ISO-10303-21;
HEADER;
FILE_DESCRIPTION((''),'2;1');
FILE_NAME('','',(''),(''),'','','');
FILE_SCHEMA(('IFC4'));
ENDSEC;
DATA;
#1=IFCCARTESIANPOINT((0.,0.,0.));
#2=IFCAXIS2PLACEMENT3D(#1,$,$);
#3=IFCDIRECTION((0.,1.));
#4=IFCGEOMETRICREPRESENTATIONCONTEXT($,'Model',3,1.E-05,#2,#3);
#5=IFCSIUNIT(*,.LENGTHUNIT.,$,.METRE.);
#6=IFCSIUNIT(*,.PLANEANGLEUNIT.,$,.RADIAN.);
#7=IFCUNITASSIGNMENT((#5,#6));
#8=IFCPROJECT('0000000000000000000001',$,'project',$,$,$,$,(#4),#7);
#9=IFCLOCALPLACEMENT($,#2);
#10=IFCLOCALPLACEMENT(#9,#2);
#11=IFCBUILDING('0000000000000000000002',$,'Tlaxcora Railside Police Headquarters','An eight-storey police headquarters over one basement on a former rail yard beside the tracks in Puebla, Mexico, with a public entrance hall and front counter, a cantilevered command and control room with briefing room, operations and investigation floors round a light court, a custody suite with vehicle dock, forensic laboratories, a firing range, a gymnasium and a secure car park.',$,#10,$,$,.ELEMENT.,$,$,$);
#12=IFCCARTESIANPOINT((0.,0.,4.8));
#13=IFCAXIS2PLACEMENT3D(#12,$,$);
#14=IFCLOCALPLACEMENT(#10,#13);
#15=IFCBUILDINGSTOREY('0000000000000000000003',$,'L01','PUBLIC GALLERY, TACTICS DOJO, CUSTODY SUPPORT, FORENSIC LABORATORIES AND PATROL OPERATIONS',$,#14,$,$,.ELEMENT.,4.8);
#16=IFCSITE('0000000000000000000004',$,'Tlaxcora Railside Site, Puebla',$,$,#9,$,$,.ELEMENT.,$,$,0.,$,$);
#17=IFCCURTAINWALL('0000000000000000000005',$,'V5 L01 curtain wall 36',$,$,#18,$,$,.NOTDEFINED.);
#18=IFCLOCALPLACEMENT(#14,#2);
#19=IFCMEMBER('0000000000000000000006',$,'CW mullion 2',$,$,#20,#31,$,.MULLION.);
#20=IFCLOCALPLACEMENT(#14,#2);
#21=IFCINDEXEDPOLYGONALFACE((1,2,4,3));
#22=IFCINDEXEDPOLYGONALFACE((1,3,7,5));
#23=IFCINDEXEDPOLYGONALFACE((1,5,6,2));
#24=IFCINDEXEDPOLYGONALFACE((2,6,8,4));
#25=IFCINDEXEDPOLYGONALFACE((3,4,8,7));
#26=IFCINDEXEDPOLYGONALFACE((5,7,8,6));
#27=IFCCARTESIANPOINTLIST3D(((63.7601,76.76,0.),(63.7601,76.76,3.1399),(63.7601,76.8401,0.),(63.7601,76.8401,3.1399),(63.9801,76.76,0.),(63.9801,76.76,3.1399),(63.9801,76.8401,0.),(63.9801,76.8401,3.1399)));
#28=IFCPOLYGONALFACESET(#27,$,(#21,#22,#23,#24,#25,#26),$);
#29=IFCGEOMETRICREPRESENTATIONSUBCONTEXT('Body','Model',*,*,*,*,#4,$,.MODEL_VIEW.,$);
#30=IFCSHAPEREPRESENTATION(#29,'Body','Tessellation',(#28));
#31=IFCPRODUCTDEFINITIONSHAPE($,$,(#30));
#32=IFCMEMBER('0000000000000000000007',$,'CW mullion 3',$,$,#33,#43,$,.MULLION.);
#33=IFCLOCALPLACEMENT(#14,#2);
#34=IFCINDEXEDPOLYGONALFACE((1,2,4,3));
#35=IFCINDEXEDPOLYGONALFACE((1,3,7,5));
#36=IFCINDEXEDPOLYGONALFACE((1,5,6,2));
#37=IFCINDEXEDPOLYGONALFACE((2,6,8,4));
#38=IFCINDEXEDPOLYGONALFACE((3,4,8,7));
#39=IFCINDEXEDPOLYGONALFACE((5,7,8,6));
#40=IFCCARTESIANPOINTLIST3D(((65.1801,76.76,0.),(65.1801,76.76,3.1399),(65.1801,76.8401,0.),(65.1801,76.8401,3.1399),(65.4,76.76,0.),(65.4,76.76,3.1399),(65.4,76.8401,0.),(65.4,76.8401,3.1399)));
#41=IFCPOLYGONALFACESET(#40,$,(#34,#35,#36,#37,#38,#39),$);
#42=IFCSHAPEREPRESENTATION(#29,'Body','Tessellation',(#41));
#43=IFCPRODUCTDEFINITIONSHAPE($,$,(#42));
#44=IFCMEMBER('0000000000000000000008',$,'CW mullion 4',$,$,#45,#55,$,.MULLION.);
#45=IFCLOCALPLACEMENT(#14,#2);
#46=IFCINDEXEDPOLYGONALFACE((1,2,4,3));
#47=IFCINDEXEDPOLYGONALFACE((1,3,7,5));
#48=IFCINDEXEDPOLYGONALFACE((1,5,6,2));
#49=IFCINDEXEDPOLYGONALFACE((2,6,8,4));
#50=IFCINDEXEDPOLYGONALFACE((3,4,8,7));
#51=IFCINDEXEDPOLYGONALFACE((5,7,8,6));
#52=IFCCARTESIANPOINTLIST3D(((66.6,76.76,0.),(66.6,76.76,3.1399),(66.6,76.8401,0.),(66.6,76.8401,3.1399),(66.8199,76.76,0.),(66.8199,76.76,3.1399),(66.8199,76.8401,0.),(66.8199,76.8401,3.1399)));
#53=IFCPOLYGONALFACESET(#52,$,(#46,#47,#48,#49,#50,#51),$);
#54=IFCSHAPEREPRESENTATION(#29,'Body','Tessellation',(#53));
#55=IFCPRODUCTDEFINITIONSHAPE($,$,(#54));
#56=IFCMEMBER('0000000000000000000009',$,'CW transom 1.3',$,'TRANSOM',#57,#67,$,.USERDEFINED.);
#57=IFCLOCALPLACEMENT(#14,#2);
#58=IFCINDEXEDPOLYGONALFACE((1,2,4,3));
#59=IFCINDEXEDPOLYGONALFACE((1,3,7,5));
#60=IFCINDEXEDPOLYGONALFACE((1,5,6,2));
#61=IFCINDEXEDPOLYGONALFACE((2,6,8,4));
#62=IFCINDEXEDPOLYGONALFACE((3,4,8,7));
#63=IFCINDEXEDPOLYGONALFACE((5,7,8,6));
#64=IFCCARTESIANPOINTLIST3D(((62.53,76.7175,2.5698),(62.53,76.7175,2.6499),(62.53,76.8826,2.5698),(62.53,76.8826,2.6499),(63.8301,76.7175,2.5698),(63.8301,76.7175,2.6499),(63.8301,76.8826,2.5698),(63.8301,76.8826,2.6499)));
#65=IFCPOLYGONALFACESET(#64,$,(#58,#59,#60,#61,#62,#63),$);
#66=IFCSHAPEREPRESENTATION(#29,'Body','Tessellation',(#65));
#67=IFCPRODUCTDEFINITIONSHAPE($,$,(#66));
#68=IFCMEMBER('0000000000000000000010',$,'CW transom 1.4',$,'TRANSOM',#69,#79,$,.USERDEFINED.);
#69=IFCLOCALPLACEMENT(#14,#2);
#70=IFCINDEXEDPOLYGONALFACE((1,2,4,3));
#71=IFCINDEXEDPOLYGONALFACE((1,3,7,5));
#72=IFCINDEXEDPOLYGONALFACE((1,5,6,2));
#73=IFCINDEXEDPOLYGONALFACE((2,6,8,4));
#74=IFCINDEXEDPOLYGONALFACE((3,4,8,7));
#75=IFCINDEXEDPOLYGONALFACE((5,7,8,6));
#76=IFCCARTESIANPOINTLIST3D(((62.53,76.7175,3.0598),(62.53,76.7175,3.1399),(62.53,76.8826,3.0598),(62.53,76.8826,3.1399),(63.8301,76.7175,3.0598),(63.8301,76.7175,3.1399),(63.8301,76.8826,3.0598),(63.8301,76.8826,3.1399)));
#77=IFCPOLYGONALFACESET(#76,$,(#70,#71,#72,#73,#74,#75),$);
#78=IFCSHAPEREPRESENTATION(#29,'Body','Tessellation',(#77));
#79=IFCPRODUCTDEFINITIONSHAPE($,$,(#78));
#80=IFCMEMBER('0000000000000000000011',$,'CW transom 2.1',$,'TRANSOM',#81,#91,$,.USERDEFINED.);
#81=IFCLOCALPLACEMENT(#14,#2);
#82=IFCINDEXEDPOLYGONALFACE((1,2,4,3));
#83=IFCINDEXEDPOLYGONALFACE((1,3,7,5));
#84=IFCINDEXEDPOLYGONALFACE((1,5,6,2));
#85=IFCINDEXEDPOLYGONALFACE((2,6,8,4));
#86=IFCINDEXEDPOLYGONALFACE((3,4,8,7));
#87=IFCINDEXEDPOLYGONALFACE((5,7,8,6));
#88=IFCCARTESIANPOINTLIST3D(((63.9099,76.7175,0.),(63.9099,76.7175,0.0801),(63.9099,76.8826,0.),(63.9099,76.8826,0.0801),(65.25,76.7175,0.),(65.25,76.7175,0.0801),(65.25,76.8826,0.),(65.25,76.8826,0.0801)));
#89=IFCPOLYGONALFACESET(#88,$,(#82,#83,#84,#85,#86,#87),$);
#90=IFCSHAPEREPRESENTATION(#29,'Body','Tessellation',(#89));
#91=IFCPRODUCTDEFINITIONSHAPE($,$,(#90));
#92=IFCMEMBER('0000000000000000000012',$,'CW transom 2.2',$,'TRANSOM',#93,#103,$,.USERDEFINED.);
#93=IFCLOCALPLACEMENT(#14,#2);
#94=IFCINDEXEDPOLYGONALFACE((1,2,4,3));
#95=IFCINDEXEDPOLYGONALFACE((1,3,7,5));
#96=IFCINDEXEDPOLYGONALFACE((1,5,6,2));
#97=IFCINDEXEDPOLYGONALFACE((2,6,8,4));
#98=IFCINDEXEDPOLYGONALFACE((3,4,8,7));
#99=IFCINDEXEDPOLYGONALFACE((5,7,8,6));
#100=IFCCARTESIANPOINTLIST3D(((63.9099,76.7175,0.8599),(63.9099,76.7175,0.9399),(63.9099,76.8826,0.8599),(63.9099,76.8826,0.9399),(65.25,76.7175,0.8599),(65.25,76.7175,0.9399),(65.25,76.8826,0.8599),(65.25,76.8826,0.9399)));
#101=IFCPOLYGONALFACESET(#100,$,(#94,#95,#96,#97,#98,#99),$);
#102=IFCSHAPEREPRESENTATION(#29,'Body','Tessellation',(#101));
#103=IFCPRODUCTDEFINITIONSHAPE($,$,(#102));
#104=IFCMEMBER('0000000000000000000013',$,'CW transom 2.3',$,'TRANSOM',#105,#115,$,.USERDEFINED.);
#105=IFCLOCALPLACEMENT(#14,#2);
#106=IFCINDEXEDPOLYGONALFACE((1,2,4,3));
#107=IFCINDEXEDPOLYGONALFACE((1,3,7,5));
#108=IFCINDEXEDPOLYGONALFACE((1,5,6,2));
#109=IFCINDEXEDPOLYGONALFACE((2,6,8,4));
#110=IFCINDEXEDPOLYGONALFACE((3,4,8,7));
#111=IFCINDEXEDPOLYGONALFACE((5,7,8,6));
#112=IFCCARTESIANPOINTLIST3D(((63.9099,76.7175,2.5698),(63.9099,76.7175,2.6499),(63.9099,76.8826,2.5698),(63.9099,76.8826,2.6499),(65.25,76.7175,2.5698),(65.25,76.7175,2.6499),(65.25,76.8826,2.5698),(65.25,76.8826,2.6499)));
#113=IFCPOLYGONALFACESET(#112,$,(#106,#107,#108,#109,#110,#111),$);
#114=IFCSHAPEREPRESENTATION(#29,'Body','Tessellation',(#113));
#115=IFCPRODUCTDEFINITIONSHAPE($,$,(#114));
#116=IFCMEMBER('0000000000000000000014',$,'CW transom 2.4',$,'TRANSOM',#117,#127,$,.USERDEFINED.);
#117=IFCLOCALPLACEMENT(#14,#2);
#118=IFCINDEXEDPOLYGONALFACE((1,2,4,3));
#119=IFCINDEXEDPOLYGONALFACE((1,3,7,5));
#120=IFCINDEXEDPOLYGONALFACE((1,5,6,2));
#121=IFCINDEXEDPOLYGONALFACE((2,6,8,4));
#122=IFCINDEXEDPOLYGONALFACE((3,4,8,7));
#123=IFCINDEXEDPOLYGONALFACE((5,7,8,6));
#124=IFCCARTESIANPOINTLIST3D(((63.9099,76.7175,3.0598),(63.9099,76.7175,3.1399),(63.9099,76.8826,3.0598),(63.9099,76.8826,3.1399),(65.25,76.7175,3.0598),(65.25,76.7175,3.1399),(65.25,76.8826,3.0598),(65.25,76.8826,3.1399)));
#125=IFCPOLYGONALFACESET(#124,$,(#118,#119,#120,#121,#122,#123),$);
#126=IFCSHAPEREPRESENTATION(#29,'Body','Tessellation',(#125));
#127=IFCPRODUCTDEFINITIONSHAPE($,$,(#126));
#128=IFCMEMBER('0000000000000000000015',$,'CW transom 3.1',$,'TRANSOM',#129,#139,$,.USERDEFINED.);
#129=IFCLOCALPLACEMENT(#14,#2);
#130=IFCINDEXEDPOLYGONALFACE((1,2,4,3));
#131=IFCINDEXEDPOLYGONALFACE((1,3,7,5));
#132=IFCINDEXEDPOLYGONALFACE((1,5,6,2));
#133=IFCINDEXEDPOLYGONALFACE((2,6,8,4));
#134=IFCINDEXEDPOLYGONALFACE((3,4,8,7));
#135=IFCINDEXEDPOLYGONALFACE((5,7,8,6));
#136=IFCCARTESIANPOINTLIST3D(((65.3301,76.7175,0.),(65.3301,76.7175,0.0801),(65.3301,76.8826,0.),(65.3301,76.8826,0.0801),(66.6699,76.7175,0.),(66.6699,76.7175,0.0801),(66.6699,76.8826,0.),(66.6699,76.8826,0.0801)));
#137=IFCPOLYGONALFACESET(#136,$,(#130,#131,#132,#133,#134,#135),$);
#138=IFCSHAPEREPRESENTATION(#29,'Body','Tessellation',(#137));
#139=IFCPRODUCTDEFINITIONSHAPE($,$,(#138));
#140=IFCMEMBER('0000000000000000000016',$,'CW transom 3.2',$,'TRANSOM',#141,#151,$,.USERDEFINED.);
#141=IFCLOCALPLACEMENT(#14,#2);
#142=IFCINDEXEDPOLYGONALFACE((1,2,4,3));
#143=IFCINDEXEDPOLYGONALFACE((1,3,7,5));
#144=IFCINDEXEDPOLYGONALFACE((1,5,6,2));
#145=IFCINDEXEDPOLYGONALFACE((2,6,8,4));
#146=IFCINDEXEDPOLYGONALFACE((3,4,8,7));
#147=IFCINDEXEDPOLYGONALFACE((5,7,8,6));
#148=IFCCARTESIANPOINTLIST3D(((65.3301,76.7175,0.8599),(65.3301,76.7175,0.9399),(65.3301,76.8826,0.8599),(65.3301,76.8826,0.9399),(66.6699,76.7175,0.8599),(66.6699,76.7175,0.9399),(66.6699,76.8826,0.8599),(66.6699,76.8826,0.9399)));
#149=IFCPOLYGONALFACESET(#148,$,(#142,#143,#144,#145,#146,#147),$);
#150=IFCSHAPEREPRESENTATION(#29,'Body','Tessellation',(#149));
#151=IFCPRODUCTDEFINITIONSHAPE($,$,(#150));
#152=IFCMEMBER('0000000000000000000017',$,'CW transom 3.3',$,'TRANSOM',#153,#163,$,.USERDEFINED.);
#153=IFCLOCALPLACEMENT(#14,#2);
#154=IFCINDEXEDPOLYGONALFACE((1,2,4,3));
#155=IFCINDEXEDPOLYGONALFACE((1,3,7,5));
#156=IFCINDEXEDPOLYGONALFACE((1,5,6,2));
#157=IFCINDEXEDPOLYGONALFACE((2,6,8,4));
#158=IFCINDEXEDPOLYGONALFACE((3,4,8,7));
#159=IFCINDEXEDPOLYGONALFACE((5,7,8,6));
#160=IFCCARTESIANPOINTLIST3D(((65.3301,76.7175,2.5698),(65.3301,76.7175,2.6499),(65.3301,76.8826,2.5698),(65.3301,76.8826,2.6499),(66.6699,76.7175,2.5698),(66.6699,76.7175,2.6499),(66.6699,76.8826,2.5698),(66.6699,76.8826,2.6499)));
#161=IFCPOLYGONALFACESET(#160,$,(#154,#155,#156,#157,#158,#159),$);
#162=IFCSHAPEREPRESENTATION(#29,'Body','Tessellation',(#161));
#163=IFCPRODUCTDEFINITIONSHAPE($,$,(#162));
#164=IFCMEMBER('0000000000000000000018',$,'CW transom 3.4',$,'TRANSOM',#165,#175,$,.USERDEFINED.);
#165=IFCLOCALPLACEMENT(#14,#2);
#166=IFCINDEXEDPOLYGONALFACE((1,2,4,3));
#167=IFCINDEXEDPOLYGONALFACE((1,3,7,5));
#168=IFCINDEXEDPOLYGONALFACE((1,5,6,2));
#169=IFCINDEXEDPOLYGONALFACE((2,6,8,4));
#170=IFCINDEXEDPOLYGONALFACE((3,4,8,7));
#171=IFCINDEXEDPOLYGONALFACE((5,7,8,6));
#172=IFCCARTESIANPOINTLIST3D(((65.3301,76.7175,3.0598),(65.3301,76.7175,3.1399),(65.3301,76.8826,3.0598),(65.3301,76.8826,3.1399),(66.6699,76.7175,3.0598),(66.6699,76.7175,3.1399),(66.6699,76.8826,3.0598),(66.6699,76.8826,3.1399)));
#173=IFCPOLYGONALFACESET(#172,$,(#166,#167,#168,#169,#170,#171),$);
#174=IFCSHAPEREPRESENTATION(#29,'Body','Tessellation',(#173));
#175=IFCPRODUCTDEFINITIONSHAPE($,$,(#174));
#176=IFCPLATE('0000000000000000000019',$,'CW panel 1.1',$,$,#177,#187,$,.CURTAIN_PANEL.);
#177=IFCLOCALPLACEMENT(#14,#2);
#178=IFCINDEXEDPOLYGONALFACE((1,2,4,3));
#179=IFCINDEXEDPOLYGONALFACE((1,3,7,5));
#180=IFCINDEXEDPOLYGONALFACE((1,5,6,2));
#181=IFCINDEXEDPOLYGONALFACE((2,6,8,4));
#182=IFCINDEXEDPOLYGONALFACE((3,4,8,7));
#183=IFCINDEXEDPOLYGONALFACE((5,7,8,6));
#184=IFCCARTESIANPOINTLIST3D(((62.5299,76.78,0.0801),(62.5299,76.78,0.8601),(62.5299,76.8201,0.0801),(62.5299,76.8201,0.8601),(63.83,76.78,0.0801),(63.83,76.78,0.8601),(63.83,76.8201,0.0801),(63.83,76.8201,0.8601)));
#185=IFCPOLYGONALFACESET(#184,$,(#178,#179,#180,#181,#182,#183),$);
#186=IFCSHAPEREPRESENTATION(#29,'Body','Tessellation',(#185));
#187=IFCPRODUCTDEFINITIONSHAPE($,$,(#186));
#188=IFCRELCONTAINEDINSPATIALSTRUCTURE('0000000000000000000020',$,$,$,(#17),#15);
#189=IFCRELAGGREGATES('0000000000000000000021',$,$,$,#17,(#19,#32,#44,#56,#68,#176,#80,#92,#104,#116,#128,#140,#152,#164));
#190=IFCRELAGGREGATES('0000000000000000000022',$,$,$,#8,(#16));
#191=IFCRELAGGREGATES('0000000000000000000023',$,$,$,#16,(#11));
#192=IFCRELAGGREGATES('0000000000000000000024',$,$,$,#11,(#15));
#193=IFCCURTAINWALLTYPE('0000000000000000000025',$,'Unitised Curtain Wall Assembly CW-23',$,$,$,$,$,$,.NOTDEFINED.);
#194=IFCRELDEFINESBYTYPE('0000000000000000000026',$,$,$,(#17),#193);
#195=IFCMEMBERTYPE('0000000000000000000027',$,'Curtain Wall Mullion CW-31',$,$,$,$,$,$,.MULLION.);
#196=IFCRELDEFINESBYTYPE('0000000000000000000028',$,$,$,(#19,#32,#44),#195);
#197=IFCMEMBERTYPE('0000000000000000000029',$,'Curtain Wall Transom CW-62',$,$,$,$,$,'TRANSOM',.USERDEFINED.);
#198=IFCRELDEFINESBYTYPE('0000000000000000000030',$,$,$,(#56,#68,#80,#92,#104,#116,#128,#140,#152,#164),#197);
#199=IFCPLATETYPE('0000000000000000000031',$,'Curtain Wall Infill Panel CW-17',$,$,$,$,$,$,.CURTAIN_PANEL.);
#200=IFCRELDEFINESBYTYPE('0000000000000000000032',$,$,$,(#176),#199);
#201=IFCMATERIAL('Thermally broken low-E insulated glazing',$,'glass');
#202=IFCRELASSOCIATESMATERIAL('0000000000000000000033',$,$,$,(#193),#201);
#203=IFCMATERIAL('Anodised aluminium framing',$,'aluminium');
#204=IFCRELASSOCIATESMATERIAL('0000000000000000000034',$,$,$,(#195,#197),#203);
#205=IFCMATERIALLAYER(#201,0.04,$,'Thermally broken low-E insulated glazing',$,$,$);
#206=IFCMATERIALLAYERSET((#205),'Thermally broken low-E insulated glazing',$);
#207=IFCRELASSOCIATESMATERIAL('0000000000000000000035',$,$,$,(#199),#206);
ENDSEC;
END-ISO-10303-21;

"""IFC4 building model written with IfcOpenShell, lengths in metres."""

from ifc_helpers import new_model, si_unit, direction, frame, origin, origin_2d, place, context, subcontext, project, spatial, rectangle, extrude, material, layer, layer_set, material_profile, profile_set, type_object, element, aggregate, save


model = new_model("IFC4")

# Units and contexts
model_context = context("Model", 3, precision=1e-05, world=origin(), true_north=direction((0.0, 1.0)))
body_context = subcontext(model_context, "Body", "Model", "MODEL_VIEW")
ifc_project = project(units=[si_unit("LENGTHUNIT", "METRE"), si_unit("PLANEANGLEUNIT", "RADIAN")], contexts=[model_context])

# Site, building, storey
site_placement = place(None, origin())
site = spatial("IfcSite", under=ifc_project, at=site_placement, Name="Tlaxcora Railside Site, Puebla", CompositionType="ELEMENT", RefElevation=0.0)
building_placement = place(site_placement, origin())
building = spatial("IfcBuilding", under=site, at=building_placement, Name="Tlaxcora Railside Police Headquarters", Description="An eight-storey police headquarters over one basement on a former rail yard beside the tracks in Puebla, Mexico, with a public entrance hall and front counter, a cantilevered command and control room with briefing room, operations and investigation floors round a light court, a custody suite with vehicle dock, forensic laboratories, a firing range, a gymnasium and a secure car park.", CompositionType="ELEMENT")
storey_placement = place(building_placement, frame((0.0, 0.0, 4.8)))
storey = spatial("IfcBuildingStorey", under=building, at=storey_placement, Name="L01", Description="PUBLIC GALLERY, TACTICS DOJO, CUSTODY SUPPORT, FORENSIC LABORATORIES AND PATROL OPERATIONS", CompositionType="ELEMENT", Elevation=4.8)

# Curtain wall, members, plate
ifc_material_1 = material(Name="Thermally broken low-E insulated glazing", Category="glass")
curtain_wall_type = type_object("IfcCurtainWallType", Name="Unitised Curtain Wall Assembly CW-23", PredefinedType="NOTDEFINED", material=ifc_material_1)
curtain_wall_placement = place(storey_placement, origin())
curtain_wall = element("IfcCurtainWall", 1, at=curtain_wall_placement, inside=storey, type_object=curtain_wall_type, Name="V5 L01 curtain wall 36", PredefinedType="NOTDEFINED")
ifc_material_2 = material(Name="Anodised aluminium framing", Category="aluminium")
ifc_material_profile_1 = material_profile(ifc_material_2, rectangle(XDim=0.0801, YDim=0.22, at=origin_2d()), Name="AL80X220")
ifc_profile_set_1 = profile_set([ifc_material_profile_1], Name="Anodised aluminium framing")
member_type_1 = type_object("IfcMemberType", Name="Curtain Wall Mullion CW-31", PredefinedType="MULLION", material=ifc_profile_set_1)
member_1_placement = place(storey_placement, frame((63.8701, 76.8, 0.0), z_axis=(0.0, 0.0, 1.0), x_axis=(0.0, 1.0, 0.0)))
member_1 = element("IfcMember", 2, at=member_1_placement, type_object=member_type_1, Name="CW mullion 2", PredefinedType="MULLION", context=body_context, shape_type="SweptSolid", body=[
    extrude(rectangle(XDim=0.0801, YDim=0.22, at=origin_2d()), origin(), (0.0, 0.0, 1.0), 3.1399),
])
member_2_placement = place(storey_placement, frame((65.29, 76.8, 0.0), z_axis=(0.0, 0.0, 1.0), x_axis=(0.0, 1.0, 0.0)))
member_2 = element("IfcMember", 3, at=member_2_placement, type_object=member_type_1, Name="CW mullion 3", PredefinedType="MULLION", context=body_context, shape_type="SweptSolid", body=[
    extrude(rectangle(XDim=0.0801, YDim=0.22, at=origin_2d()), origin(), (0.0, 0.0, 1.0), 3.1399),
])
member_3_placement = place(storey_placement, frame((66.71, 76.8, 0.0), z_axis=(0.0, 0.0, 1.0), x_axis=(0.0, 1.0, 0.0)))
member_3 = element("IfcMember", 4, at=member_3_placement, type_object=member_type_1, Name="CW mullion 4", PredefinedType="MULLION", context=body_context, shape_type="SweptSolid", body=[
    extrude(rectangle(XDim=0.0801, YDim=0.22, at=origin_2d()), origin(), (0.0, 0.0, 1.0), 3.1399),
])
ifc_material_profile_2 = material_profile(ifc_material_2, rectangle(XDim=0.165, YDim=0.0801, at=origin_2d()), Name="AL80X165")
ifc_profile_set_2 = profile_set([ifc_material_profile_2], Name="Anodised aluminium framing")
member_type_2 = type_object("IfcMemberType", Name="Curtain Wall Transom CW-62", ElementType="TRANSOM", PredefinedType="USERDEFINED", material=ifc_profile_set_2)
member_4_placement = place(storey_placement, frame((62.53, 76.8, 2.6099), z_axis=(1.0, 0.0, 0.0), x_axis=(0.0, 1.0, 0.0)))
member_4 = element("IfcMember", 5, at=member_4_placement, type_object=member_type_2, Name="CW transom 1.3", ObjectType="TRANSOM", PredefinedType="USERDEFINED", context=body_context, shape_type="SweptSolid", body=[
    extrude(rectangle(XDim=0.165, YDim=0.0801, at=origin_2d()), origin(), (0.0, 0.0, 1.0), 1.3),
])
member_5_placement = place(storey_placement, frame((62.53, 76.8, 3.0999), z_axis=(1.0, 0.0, 0.0), x_axis=(0.0, 1.0, 0.0)))
member_5 = element("IfcMember", 6, at=member_5_placement, type_object=member_type_2, Name="CW transom 1.4", ObjectType="TRANSOM", PredefinedType="USERDEFINED", context=body_context, shape_type="SweptSolid", body=[
    extrude(rectangle(XDim=0.165, YDim=0.0801, at=origin_2d()), origin(), (0.0, 0.0, 1.0), 1.3),
])
member_6_placement = place(storey_placement, frame((63.9099, 76.8, 0.04), z_axis=(1.0, 0.0, 0.0), x_axis=(0.0, 1.0, 0.0)))
member_6 = element("IfcMember", 7, at=member_6_placement, type_object=member_type_2, Name="CW transom 2.1", ObjectType="TRANSOM", PredefinedType="USERDEFINED", context=body_context, shape_type="SweptSolid", body=[
    extrude(rectangle(XDim=0.165, YDim=0.0801, at=origin_2d()), origin(), (0.0, 0.0, 1.0), 1.3401),
])
member_7_placement = place(storey_placement, frame((63.9099, 76.8, 0.8999), z_axis=(1.0, 0.0, 0.0), x_axis=(0.0, 1.0, 0.0)))
member_7 = element("IfcMember", 8, at=member_7_placement, type_object=member_type_2, Name="CW transom 2.2", ObjectType="TRANSOM", PredefinedType="USERDEFINED", context=body_context, shape_type="SweptSolid", body=[
    extrude(rectangle(XDim=0.165, YDim=0.0801, at=origin_2d()), origin(), (0.0, 0.0, 1.0), 1.3401),
])
member_8_placement = place(storey_placement, frame((63.9099, 76.8, 2.6099), z_axis=(1.0, 0.0, 0.0), x_axis=(0.0, 1.0, 0.0)))
member_8 = element("IfcMember", 9, at=member_8_placement, type_object=member_type_2, Name="CW transom 2.3", ObjectType="TRANSOM", PredefinedType="USERDEFINED", context=body_context, shape_type="SweptSolid", body=[
    extrude(rectangle(XDim=0.165, YDim=0.0801, at=origin_2d()), origin(), (0.0, 0.0, 1.0), 1.3401),
])
member_9_placement = place(storey_placement, frame((63.9099, 76.8, 3.0999), z_axis=(1.0, 0.0, 0.0), x_axis=(0.0, 1.0, 0.0)))
member_9 = element("IfcMember", 10, at=member_9_placement, type_object=member_type_2, Name="CW transom 2.4", ObjectType="TRANSOM", PredefinedType="USERDEFINED", context=body_context, shape_type="SweptSolid", body=[
    extrude(rectangle(XDim=0.165, YDim=0.0801, at=origin_2d()), origin(), (0.0, 0.0, 1.0), 1.3401),
])
member_10_placement = place(storey_placement, frame((65.3301, 76.8, 0.04), z_axis=(1.0, 0.0, 0.0), x_axis=(0.0, 1.0, 0.0)))
member_10 = element("IfcMember", 11, at=member_10_placement, type_object=member_type_2, Name="CW transom 3.1", ObjectType="TRANSOM", PredefinedType="USERDEFINED", context=body_context, shape_type="SweptSolid", body=[
    extrude(rectangle(XDim=0.165, YDim=0.0801, at=origin_2d()), origin(), (0.0, 0.0, 1.0), 1.3398),
])
member_11_placement = place(storey_placement, frame((65.3301, 76.8, 0.8999), z_axis=(1.0, 0.0, 0.0), x_axis=(0.0, 1.0, 0.0)))
member_11 = element("IfcMember", 12, at=member_11_placement, type_object=member_type_2, Name="CW transom 3.2", ObjectType="TRANSOM", PredefinedType="USERDEFINED", context=body_context, shape_type="SweptSolid", body=[
    extrude(rectangle(XDim=0.165, YDim=0.0801, at=origin_2d()), origin(), (0.0, 0.0, 1.0), 1.3398),
])
member_12_placement = place(storey_placement, frame((65.3301, 76.8, 2.6099), z_axis=(1.0, 0.0, 0.0), x_axis=(0.0, 1.0, 0.0)))
member_12 = element("IfcMember", 13, at=member_12_placement, type_object=member_type_2, Name="CW transom 3.3", ObjectType="TRANSOM", PredefinedType="USERDEFINED", context=body_context, shape_type="SweptSolid", body=[
    extrude(rectangle(XDim=0.165, YDim=0.0801, at=origin_2d()), origin(), (0.0, 0.0, 1.0), 1.3398),
])
member_13_placement = place(storey_placement, frame((65.3301, 76.8, 3.0999), z_axis=(1.0, 0.0, 0.0), x_axis=(0.0, 1.0, 0.0)))
member_13 = element("IfcMember", 14, at=member_13_placement, type_object=member_type_2, Name="CW transom 3.4", ObjectType="TRANSOM", PredefinedType="USERDEFINED", context=body_context, shape_type="SweptSolid", body=[
    extrude(rectangle(XDim=0.165, YDim=0.0801, at=origin_2d()), origin(), (0.0, 0.0, 1.0), 1.3398),
])
ifc_layer = layer(ifc_material_1, 0.04, Name="Thermally broken low-E insulated glazing")
ifc_layer_set = layer_set([ifc_layer], Name="Thermally broken low-E insulated glazing")
plate_type = type_object("IfcPlateType", Name="Curtain Wall Infill Panel CW-17", PredefinedType="CURTAIN_PANEL", material=ifc_layer_set)
plate_1_placement = place(storey_placement, frame((63.1799, 76.8, 0.0801), z_axis=(0.0, 0.0, 1.0), x_axis=(1.0, 0.0, 0.0)))
plate_1 = element("IfcPlate", 15, at=plate_1_placement, type_object=plate_type, Name="CW panel 1.1", PredefinedType="CURTAIN_PANEL", context=body_context, shape_type="SweptSolid", body=[
    extrude(rectangle(XDim=1.3, YDim=0.04, at=origin_2d()), origin(), (0.0, 0.0, 1.0), 0.78),
])
aggregate(curtain_wall, [member_1, member_2, member_3, member_4, member_5, plate_1, member_6, member_7, member_8, member_9, member_10, member_11, member_12, member_13])

save(model, "model.ifc")
